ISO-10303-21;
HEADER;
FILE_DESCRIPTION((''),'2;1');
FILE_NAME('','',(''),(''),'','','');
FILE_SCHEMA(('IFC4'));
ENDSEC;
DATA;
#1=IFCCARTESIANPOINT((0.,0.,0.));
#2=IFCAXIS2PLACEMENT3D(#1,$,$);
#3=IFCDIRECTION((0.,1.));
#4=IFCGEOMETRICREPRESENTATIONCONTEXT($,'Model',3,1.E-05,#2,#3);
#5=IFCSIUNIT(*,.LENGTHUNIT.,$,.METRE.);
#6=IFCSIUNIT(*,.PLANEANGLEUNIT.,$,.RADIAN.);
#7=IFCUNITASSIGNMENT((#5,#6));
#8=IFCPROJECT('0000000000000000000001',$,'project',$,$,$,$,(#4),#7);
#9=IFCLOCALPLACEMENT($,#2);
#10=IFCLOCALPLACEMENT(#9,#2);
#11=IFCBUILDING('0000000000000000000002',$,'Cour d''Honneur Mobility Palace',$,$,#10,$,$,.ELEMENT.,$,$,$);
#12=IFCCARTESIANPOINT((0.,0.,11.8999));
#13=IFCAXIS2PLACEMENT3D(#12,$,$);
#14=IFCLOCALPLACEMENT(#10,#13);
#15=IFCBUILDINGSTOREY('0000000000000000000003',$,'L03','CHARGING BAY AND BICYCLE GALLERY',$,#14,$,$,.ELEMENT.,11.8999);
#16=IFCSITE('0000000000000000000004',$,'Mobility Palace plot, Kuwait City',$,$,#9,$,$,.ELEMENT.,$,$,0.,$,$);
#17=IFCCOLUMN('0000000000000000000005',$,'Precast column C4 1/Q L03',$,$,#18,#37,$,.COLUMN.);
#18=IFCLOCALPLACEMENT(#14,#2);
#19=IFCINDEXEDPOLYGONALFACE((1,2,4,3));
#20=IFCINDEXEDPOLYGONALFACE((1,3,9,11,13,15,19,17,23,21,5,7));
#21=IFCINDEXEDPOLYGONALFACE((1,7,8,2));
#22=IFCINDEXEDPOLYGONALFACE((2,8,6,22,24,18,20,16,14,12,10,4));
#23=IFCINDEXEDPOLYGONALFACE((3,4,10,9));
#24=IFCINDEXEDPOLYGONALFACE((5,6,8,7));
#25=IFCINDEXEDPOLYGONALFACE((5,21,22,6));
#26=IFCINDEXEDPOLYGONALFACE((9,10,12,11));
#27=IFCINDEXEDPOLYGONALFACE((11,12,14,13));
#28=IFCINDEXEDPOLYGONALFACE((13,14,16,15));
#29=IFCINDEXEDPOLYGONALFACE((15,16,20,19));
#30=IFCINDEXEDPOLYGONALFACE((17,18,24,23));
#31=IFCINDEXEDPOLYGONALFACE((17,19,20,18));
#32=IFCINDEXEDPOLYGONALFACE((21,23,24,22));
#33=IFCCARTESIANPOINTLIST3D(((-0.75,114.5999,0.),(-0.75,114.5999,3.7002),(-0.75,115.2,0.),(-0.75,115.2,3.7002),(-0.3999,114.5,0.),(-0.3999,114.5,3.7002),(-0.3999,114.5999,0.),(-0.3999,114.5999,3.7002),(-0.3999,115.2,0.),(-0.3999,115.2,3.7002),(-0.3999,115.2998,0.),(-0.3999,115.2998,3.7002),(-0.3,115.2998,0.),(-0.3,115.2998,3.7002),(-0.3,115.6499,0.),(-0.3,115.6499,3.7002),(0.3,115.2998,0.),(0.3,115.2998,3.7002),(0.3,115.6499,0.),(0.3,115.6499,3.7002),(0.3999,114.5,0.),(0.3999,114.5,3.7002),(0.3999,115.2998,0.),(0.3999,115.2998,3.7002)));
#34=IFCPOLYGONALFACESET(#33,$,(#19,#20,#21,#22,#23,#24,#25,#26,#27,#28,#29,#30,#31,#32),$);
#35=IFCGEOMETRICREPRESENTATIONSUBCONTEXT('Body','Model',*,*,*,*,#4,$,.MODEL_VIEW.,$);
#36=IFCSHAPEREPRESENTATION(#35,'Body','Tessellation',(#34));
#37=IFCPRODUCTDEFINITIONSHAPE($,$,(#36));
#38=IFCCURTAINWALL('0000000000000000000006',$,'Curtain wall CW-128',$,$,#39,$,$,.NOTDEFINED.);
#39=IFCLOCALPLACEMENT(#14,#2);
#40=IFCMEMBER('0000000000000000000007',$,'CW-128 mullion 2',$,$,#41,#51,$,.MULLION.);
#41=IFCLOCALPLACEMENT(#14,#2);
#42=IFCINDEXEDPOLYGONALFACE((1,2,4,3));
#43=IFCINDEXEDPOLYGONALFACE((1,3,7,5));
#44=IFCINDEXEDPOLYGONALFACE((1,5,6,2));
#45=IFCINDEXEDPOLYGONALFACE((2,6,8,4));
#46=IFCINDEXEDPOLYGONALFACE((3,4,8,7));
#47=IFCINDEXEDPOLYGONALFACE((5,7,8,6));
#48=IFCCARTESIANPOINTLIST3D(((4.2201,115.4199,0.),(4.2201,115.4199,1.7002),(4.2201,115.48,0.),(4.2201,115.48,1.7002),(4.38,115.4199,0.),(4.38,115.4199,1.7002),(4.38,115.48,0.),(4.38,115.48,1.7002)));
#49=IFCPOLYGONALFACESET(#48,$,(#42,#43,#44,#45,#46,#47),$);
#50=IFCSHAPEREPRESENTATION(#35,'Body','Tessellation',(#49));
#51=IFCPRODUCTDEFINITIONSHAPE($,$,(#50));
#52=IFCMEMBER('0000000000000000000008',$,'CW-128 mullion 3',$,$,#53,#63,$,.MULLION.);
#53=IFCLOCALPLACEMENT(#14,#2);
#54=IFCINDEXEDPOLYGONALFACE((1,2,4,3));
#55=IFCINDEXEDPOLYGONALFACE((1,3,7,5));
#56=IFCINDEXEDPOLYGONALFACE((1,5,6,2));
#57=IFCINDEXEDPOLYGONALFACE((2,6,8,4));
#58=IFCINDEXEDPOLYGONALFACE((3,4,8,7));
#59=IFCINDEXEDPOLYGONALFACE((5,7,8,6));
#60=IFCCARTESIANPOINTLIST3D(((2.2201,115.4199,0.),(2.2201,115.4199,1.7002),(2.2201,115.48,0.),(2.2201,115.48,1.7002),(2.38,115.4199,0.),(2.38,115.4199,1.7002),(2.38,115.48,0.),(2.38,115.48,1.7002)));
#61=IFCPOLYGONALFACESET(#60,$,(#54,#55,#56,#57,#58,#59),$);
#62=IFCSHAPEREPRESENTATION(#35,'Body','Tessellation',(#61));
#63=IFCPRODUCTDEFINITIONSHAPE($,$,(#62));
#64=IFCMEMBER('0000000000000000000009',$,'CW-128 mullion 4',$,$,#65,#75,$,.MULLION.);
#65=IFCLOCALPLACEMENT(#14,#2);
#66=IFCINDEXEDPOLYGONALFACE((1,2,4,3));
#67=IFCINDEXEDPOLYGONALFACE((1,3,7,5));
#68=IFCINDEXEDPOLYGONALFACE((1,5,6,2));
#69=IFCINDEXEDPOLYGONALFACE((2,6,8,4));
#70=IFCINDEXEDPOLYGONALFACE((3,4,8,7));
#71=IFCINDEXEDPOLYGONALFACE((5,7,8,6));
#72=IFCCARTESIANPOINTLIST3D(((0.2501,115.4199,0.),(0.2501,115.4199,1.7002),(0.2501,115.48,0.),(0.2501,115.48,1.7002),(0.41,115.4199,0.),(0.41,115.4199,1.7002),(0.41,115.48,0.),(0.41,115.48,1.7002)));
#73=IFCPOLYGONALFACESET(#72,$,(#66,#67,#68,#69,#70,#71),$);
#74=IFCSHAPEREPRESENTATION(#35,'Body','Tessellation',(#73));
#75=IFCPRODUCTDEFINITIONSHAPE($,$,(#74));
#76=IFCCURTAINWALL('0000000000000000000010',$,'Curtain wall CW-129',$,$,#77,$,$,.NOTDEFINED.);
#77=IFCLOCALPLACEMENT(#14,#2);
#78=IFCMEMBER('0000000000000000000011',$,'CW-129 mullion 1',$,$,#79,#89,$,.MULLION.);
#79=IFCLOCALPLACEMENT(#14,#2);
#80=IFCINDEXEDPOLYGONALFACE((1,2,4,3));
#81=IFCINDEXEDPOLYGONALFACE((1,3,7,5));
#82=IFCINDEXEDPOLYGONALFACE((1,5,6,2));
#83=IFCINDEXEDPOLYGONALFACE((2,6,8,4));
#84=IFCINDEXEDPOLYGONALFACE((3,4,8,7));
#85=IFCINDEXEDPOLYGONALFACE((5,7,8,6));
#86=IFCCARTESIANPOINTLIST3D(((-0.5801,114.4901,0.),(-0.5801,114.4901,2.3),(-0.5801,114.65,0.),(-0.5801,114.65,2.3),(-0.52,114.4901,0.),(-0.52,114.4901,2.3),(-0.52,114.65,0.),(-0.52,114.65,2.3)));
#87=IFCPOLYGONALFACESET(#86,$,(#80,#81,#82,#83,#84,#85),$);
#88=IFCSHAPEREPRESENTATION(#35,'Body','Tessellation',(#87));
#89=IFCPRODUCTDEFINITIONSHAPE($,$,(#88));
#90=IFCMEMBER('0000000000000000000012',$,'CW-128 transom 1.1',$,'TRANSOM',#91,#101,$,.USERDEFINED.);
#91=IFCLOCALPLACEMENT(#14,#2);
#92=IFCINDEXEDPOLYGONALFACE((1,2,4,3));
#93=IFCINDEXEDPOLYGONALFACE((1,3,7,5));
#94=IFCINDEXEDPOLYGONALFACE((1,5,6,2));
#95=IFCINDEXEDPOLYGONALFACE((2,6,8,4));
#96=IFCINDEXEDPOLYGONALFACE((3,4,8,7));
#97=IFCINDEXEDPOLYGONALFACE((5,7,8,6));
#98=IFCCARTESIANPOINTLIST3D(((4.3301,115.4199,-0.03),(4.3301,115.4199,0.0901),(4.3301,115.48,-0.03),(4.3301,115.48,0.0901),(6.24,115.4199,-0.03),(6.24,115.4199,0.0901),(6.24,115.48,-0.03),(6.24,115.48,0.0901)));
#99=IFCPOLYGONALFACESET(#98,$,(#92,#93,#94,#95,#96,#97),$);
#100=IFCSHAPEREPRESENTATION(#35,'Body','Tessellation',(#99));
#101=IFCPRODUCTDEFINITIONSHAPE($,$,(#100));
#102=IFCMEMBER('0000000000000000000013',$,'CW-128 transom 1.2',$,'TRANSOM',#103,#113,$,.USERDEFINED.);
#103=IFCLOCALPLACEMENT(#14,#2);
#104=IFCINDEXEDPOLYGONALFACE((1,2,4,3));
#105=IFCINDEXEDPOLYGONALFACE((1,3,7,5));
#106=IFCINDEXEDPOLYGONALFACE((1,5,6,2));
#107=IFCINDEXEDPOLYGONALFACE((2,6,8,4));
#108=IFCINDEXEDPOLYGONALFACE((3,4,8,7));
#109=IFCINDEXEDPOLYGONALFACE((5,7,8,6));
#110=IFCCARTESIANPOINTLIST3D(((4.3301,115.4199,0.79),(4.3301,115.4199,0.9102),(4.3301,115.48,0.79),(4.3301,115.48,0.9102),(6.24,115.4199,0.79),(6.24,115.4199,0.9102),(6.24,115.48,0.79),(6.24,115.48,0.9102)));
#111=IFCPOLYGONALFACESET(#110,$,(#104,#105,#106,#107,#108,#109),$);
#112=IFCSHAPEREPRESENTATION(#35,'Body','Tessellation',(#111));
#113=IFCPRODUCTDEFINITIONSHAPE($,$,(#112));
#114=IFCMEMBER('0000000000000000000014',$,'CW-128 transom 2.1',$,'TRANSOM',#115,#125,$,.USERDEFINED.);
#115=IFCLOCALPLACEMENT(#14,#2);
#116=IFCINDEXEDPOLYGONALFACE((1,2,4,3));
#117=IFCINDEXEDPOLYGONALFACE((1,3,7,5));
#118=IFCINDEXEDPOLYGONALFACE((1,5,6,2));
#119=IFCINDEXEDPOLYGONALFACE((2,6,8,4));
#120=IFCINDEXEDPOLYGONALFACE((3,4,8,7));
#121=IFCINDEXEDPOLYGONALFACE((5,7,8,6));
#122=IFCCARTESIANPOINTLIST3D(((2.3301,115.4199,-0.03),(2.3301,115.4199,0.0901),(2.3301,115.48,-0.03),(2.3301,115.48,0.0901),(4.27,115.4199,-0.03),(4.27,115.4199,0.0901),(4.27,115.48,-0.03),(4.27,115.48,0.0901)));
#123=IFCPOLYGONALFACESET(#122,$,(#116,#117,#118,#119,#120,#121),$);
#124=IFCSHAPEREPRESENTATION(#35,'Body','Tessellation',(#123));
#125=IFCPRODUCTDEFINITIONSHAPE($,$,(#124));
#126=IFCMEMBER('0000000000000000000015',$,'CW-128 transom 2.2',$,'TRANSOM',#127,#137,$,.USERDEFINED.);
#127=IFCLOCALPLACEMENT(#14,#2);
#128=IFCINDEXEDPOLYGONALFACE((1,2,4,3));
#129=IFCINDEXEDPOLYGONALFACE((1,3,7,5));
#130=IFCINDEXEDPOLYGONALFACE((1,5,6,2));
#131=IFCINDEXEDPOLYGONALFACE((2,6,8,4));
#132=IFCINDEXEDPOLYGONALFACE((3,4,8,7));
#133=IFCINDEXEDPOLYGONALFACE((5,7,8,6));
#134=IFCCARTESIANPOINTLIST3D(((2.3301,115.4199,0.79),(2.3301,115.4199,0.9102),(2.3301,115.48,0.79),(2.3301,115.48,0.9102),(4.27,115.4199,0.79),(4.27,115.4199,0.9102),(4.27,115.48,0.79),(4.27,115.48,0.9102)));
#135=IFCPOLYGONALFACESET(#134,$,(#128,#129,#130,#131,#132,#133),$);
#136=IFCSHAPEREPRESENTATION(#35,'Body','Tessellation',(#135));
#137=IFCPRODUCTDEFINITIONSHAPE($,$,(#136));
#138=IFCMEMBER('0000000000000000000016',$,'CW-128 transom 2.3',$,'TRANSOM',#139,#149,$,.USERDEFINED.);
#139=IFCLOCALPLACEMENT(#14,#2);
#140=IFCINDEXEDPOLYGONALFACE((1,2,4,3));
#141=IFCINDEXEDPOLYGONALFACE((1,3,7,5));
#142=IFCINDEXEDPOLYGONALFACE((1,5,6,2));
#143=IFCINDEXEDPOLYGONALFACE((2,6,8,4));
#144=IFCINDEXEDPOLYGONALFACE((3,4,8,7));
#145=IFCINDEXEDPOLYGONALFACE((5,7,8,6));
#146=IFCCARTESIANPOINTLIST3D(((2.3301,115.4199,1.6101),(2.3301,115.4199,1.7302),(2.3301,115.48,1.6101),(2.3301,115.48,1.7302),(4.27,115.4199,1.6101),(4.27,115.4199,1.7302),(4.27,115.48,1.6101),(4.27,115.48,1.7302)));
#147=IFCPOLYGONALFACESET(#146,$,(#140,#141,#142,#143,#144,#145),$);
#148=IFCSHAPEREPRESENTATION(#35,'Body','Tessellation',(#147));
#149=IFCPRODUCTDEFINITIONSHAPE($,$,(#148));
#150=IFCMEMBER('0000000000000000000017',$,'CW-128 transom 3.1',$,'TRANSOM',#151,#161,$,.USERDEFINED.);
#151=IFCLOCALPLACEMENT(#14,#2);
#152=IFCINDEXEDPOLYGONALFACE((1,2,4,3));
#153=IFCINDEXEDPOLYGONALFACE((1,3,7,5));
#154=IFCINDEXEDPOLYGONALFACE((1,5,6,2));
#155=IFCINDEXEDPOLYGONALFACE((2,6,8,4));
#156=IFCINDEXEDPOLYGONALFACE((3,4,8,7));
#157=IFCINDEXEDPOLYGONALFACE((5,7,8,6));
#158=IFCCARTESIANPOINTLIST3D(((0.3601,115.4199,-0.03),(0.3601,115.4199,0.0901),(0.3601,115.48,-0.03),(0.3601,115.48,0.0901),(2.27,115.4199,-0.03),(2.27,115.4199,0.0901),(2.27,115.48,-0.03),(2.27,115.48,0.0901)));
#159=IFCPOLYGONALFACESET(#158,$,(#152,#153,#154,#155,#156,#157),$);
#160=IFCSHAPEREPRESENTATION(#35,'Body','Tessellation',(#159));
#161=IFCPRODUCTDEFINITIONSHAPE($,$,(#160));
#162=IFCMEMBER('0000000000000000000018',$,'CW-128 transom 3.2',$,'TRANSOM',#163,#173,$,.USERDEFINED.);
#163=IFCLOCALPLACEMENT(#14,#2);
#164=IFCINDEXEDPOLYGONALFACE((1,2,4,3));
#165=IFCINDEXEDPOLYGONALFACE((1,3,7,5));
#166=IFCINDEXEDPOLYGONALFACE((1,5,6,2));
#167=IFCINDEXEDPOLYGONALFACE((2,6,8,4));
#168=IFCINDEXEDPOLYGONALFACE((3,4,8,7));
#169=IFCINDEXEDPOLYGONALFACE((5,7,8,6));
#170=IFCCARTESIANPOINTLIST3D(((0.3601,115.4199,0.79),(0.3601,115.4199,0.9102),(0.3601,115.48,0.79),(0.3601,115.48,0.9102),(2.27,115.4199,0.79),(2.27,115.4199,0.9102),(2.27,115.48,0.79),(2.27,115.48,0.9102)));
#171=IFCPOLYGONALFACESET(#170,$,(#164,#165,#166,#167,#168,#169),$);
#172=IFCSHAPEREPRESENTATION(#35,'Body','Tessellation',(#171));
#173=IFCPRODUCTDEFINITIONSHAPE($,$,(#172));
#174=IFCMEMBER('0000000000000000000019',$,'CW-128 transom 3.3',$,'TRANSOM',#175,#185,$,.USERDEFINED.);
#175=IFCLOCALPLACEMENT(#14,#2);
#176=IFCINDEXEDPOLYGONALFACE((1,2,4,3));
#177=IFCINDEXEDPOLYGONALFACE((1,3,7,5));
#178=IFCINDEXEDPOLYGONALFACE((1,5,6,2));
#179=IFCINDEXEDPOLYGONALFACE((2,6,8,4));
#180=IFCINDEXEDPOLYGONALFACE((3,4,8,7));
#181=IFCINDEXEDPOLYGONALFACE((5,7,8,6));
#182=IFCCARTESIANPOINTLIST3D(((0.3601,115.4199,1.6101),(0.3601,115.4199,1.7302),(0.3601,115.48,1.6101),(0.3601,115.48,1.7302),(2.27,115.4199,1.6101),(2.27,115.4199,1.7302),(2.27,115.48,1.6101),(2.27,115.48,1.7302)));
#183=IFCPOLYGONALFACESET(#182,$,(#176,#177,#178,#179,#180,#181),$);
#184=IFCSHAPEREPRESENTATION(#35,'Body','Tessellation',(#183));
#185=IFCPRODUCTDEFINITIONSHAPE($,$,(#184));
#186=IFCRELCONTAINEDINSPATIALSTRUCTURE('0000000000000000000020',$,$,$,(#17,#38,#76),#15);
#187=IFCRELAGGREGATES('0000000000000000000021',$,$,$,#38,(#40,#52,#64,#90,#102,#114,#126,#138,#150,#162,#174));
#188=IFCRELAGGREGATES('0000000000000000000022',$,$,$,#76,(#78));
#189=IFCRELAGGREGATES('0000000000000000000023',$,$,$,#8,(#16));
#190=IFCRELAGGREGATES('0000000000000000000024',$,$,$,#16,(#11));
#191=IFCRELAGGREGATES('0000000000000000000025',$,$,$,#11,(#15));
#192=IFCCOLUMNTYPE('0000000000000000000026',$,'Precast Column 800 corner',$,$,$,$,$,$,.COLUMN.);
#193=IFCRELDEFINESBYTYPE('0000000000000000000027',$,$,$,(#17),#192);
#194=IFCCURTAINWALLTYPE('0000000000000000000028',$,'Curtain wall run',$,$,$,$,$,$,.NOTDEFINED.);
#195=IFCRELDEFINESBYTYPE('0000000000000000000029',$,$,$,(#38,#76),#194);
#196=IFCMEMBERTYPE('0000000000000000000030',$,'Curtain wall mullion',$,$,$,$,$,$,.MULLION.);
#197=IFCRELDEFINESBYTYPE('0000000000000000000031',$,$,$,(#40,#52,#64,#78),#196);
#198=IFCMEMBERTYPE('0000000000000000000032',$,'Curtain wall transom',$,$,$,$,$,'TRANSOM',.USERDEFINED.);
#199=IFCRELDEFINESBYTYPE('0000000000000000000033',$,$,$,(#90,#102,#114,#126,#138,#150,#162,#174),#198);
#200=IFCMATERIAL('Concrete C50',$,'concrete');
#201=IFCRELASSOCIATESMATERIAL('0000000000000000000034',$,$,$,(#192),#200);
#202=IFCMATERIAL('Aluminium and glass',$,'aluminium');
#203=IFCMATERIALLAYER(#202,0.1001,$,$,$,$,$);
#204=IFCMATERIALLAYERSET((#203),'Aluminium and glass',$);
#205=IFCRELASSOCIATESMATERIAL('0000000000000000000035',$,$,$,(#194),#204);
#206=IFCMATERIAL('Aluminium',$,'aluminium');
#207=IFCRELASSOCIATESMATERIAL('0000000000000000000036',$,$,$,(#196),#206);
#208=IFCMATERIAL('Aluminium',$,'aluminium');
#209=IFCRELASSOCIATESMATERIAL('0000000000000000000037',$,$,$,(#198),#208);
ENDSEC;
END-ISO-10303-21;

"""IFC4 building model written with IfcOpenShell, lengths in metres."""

from ifc_helpers import new_model, si_unit, direction, frame, origin, origin_2d, place, context, subcontext, project, spatial, polyline, rectangle, outline, extrude, material, layer, layer_set, material_profile, profile_set, type_object, element, aggregate, save


model = new_model("IFC4")

# Units and contexts
model_context = context("Model", 3, precision=1e-05, world=origin(), true_north=direction((0.0, 1.0)))
body_context = subcontext(model_context, "Body", "Model", "MODEL_VIEW")
ifc_project = project(units=[si_unit("LENGTHUNIT", "METRE"), si_unit("PLANEANGLEUNIT", "RADIAN")], contexts=[model_context])

# Site, building, storey
site_placement = place(None, origin())
site = spatial("IfcSite", under=ifc_project, at=site_placement, Name="Mobility Palace plot, Kuwait City", CompositionType="ELEMENT", RefElevation=0.0)
building_placement = place(site_placement, origin())
building = spatial("IfcBuilding", under=site, at=building_placement, Name="Cour d'Honneur Mobility Palace", CompositionType="ELEMENT")
storey_placement = place(building_placement, frame((0.0, 0.0, 11.8999)))
storey = spatial("IfcBuildingStorey", under=building, at=storey_placement, Name="L03", Description="CHARGING BAY AND BICYCLE GALLERY", CompositionType="ELEMENT", Elevation=11.8999)

# Column
ifc_material_1 = material(Name="Concrete C50", Category="concrete")
ifc_material_profile_1 = material_profile(ifc_material_1, outline(polyline([(-0.3999, -0.3999), (0.3999, -0.3999), (0.3999, -0.3), (0.75, -0.3), (0.75, 0.3), (0.3999, 0.3), (0.3999, 0.3999), (0.3, 0.3999), (0.3, 0.75), (-0.3, 0.75), (-0.3, 0.3999), (-0.3999, 0.3999), (-0.3999, -0.3999)])), Name="PC C800 corner")
ifc_profile_set_1 = profile_set([ifc_material_profile_1], Name="Concrete C50")
column_type = type_object("IfcColumnType", Name="Precast Column 800 corner", PredefinedType="COLUMN", material=ifc_profile_set_1)
column_placement = place(storey_placement, frame((0.0, 114.8999, 0.0), z_axis=(0.0, 0.0, 1.0), x_axis=(0.0, 1.0, 0.0)))
element("IfcColumn", 1, at=column_placement, inside=storey, type_object=column_type, Name="Precast column C4 1/Q L03", PredefinedType="COLUMN", context=body_context, shape_type="SweptSolid", body=[
    extrude(outline(polyline([(-0.3999, -0.3999), (0.3999, -0.3999), (0.3999, -0.3), (0.75, -0.3), (0.75, 0.3), (0.3999, 0.3), (0.3999, 0.3999), (0.3, 0.3999), (0.3, 0.75), (-0.3, 0.75), (-0.3, 0.3999), (-0.3999, 0.3999), (-0.3999, -0.3999)])), origin(), (0.0, 0.0, 1.0), 3.7002),
])

# Curtain wall, members
ifc_material_2 = material(Name="Aluminium and glass", Category="aluminium")
ifc_layer_1 = layer(ifc_material_2, 0.1001)
ifc_layer_set_1 = layer_set([ifc_layer_1], Name="Aluminium and glass")
curtain_wall_type = type_object("IfcCurtainWallType", Name="Curtain wall run", PredefinedType="NOTDEFINED", material=ifc_layer_set_1)
curtain_wall_1_placement = place(storey_placement, origin())
curtain_wall_1 = element("IfcCurtainWall", 2, at=curtain_wall_1_placement, inside=storey, type_object=curtain_wall_type, Name="Curtain wall CW-128", PredefinedType="NOTDEFINED")
ifc_material_3 = material(Name="Aluminium", Category="aluminium")
ifc_material_profile_2 = material_profile(ifc_material_3, rectangle(XDim=0.0601, YDim=0.1599, at=origin_2d()), Name="Curtain wall mullion")
ifc_profile_set_2 = profile_set([ifc_material_profile_2], Name="Aluminium")
member_type_1 = type_object("IfcMemberType", Name="Curtain wall mullion", PredefinedType="MULLION", material=ifc_profile_set_2)
member_1_placement = place(storey_placement, frame((4.3, 115.45, 0.0), z_axis=(0.0, 0.0, 1.0), x_axis=(0.0, -1.0, 0.0)))
member_1 = element("IfcMember", 3, at=member_1_placement, type_object=member_type_1, Name="CW-128 mullion 2", PredefinedType="MULLION", context=body_context, shape_type="SweptSolid", body=[
    extrude(rectangle(XDim=0.0601, YDim=0.1599, at=origin_2d()), origin(), (0.0, 0.0, 1.0), 1.7002),
])
member_2_placement = place(storey_placement, frame((2.3, 115.45, 0.0), z_axis=(0.0, 0.0, 1.0), x_axis=(0.0, -1.0, 0.0)))
member_2 = element("IfcMember", 4, at=member_2_placement, type_object=member_type_1, Name="CW-128 mullion 3", PredefinedType="MULLION", context=body_context, shape_type="SweptSolid", body=[
    extrude(rectangle(XDim=0.0601, YDim=0.1599, at=origin_2d()), origin(), (0.0, 0.0, 1.0), 1.7002),
])
member_3_placement = place(storey_placement, frame((0.3301, 115.45, 0.0), z_axis=(0.0, 0.0, 1.0), x_axis=(0.0, -1.0, 0.0)))
member_3 = element("IfcMember", 5, at=member_3_placement, type_object=member_type_1, Name="CW-128 mullion 4", PredefinedType="MULLION", context=body_context, shape_type="SweptSolid", body=[
    extrude(rectangle(XDim=0.0601, YDim=0.1599, at=origin_2d()), origin(), (0.0, 0.0, 1.0), 1.7002),
])

# Curtain wall, member
curtain_wall_2_placement = place(storey_placement, origin())
curtain_wall_2 = element("IfcCurtainWall", 6, at=curtain_wall_2_placement, inside=storey, type_object=curtain_wall_type, Name="Curtain wall CW-129", PredefinedType="NOTDEFINED")
member_4_placement = place(storey_placement, frame((-0.55, 114.5701, 0.0), z_axis=(0.0, 0.0, 1.0), x_axis=(1.0, 0.0, 0.0)))
member_4 = element("IfcMember", 7, at=member_4_placement, type_object=member_type_1, Name="CW-129 mullion 1", PredefinedType="MULLION", context=body_context, shape_type="SweptSolid", body=[
    extrude(rectangle(XDim=0.0601, YDim=0.1599, at=origin_2d()), origin(), (0.0, 0.0, 1.0), 2.3),
])

# Members
ifc_material_4 = material(Name="Aluminium", Category="aluminium")
ifc_material_profile_3 = material_profile(ifc_material_4, rectangle(XDim=0.0601, YDim=0.1201, at=origin_2d()), Name="Curtain wall transom")
ifc_profile_set_3 = profile_set([ifc_material_profile_3], Name="Aluminium")
member_type_2 = type_object("IfcMemberType", Name="Curtain wall transom", ElementType="TRANSOM", PredefinedType="USERDEFINED", material=ifc_profile_set_3)
member_5_placement = place(storey_placement, frame((6.24, 115.45, 0.03), z_axis=(-1.0, 0.0, 0.0), x_axis=(0.0, -1.0, 0.0)))
member_5 = element("IfcMember", 8, at=member_5_placement, type_object=member_type_2, Name="CW-128 transom 1.1", ObjectType="TRANSOM", PredefinedType="USERDEFINED", context=body_context, shape_type="SweptSolid", body=[
    extrude(rectangle(XDim=0.0601, YDim=0.1201, at=origin_2d()), origin(), (0.0, 0.0, 1.0), 1.9099),
])
member_6_placement = place(storey_placement, frame((6.24, 115.45, 0.8501), z_axis=(-1.0, 0.0, 0.0), x_axis=(0.0, -1.0, 0.0)))
member_6 = element("IfcMember", 9, at=member_6_placement, type_object=member_type_2, Name="CW-128 transom 1.2", ObjectType="TRANSOM", PredefinedType="USERDEFINED", context=body_context, shape_type="SweptSolid", body=[
    extrude(rectangle(XDim=0.0601, YDim=0.1201, at=origin_2d()), origin(), (0.0, 0.0, 1.0), 1.9099),
])
member_7_placement = place(storey_placement, frame((4.27, 115.45, 0.03), z_axis=(-1.0, 0.0, 0.0), x_axis=(0.0, -1.0, 0.0)))
member_7 = element("IfcMember", 10, at=member_7_placement, type_object=member_type_2, Name="CW-128 transom 2.1", ObjectType="TRANSOM", PredefinedType="USERDEFINED", context=body_context, shape_type="SweptSolid", body=[
    extrude(rectangle(XDim=0.0601, YDim=0.1201, at=origin_2d()), origin(), (0.0, 0.0, 1.0), 1.9399),
])
member_8_placement = place(storey_placement, frame((4.27, 115.45, 0.8501), z_axis=(-1.0, 0.0, 0.0), x_axis=(0.0, -1.0, 0.0)))
member_8 = element("IfcMember", 11, at=member_8_placement, type_object=member_type_2, Name="CW-128 transom 2.2", ObjectType="TRANSOM", PredefinedType="USERDEFINED", context=body_context, shape_type="SweptSolid", body=[
    extrude(rectangle(XDim=0.0601, YDim=0.1201, at=origin_2d()), origin(), (0.0, 0.0, 1.0), 1.9399),
])
member_9_placement = place(storey_placement, frame((4.27, 115.45, 1.6702), z_axis=(-1.0, 0.0, 0.0), x_axis=(0.0, -1.0, 0.0)))
member_9 = element("IfcMember", 12, at=member_9_placement, type_object=member_type_2, Name="CW-128 transom 2.3", ObjectType="TRANSOM", PredefinedType="USERDEFINED", context=body_context, shape_type="SweptSolid", body=[
    extrude(rectangle(XDim=0.0601, YDim=0.1201, at=origin_2d()), origin(), (0.0, 0.0, 1.0), 1.9399),
])
member_10_placement = place(storey_placement, frame((2.27, 115.45, 0.03), z_axis=(-1.0, 0.0, 0.0), x_axis=(0.0, -1.0, 0.0)))
member_10 = element("IfcMember", 13, at=member_10_placement, type_object=member_type_2, Name="CW-128 transom 3.1", ObjectType="TRANSOM", PredefinedType="USERDEFINED", context=body_context, shape_type="SweptSolid", body=[
    extrude(rectangle(XDim=0.0601, YDim=0.1201, at=origin_2d()), origin(), (0.0, 0.0, 1.0), 1.9099),
])
member_11_placement = place(storey_placement, frame((2.27, 115.45, 0.8501), z_axis=(-1.0, 0.0, 0.0), x_axis=(0.0, -1.0, 0.0)))
member_11 = element("IfcMember", 14, at=member_11_placement, type_object=member_type_2, Name="CW-128 transom 3.2", ObjectType="TRANSOM", PredefinedType="USERDEFINED", context=body_context, shape_type="SweptSolid", body=[
    extrude(rectangle(XDim=0.0601, YDim=0.1201, at=origin_2d()), origin(), (0.0, 0.0, 1.0), 1.9099),
])
member_12_placement = place(storey_placement, frame((2.27, 115.45, 1.6702), z_axis=(-1.0, 0.0, 0.0), x_axis=(0.0, -1.0, 0.0)))
member_12 = element("IfcMember", 15, at=member_12_placement, type_object=member_type_2, Name="CW-128 transom 3.3", ObjectType="TRANSOM", PredefinedType="USERDEFINED", context=body_context, shape_type="SweptSolid", body=[
    extrude(rectangle(XDim=0.0601, YDim=0.1201, at=origin_2d()), origin(), (0.0, 0.0, 1.0), 1.9099),
])

aggregate(curtain_wall_1, [member_1, member_2, member_3, member_5, member_6, member_7, member_8, member_9, member_10, member_11, member_12])
aggregate(curtain_wall_2, [member_4])

save(model, "model.ifc")
